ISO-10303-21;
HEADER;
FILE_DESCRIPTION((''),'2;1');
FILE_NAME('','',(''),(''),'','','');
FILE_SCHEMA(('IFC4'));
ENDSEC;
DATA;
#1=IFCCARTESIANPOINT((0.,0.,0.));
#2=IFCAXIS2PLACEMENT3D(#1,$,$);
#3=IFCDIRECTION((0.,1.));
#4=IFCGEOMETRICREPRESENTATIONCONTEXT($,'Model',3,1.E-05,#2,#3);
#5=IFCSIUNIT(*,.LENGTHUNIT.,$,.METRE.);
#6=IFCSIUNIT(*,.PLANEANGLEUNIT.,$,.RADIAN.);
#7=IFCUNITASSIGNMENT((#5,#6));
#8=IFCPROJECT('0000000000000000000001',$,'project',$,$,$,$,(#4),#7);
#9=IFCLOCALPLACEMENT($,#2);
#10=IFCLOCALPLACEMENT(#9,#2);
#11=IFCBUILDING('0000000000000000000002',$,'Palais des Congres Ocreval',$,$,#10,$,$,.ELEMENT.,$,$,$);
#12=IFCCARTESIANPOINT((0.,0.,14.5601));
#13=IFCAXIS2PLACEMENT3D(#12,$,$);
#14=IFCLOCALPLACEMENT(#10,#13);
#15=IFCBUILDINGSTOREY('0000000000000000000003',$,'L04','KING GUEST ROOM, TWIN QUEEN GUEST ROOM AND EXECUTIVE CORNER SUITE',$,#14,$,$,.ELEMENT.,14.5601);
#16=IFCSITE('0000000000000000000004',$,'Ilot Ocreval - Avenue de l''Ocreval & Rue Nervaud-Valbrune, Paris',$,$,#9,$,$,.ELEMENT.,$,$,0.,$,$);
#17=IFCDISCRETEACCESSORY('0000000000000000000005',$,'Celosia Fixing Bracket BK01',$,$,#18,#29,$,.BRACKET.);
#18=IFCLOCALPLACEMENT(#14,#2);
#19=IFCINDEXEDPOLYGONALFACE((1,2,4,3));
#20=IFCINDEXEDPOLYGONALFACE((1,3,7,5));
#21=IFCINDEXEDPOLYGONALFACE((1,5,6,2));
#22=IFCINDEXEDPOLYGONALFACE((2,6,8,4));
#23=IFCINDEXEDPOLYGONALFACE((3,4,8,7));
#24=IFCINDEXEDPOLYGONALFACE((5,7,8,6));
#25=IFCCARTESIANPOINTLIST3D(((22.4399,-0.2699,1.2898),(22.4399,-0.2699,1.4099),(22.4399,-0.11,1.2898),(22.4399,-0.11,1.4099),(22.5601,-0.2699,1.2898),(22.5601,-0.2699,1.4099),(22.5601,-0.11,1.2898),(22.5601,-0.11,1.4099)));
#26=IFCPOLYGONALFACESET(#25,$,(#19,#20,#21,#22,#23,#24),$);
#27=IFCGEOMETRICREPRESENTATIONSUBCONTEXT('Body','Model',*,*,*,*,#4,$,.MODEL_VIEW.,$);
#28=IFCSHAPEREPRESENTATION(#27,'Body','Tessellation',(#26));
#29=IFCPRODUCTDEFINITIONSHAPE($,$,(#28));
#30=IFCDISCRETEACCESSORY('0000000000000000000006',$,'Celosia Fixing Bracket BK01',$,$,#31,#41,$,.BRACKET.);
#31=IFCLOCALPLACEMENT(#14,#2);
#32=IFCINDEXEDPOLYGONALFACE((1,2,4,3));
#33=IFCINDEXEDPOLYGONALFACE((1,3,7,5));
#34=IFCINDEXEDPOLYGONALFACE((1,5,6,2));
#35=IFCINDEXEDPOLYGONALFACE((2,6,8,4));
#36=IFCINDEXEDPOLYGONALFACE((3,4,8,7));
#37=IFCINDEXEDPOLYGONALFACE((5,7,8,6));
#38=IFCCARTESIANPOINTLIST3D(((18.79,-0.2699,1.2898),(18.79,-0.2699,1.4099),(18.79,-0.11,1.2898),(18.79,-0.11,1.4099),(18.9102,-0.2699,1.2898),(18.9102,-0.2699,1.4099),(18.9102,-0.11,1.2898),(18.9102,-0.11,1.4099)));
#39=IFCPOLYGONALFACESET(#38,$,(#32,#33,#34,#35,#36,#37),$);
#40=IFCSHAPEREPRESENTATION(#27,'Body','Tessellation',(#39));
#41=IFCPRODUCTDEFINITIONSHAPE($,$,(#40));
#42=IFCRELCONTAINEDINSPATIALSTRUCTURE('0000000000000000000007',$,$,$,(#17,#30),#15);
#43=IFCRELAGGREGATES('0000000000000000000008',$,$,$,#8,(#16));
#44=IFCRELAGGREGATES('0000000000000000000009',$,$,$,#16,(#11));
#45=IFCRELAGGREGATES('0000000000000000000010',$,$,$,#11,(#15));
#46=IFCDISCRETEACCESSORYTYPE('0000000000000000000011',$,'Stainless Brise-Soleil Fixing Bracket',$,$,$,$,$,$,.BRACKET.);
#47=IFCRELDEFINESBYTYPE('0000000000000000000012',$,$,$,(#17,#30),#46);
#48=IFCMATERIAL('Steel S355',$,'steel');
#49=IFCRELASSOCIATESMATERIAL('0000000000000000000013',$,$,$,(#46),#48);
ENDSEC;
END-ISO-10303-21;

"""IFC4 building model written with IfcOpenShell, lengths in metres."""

from ifc_helpers import new_model, si_unit, direction, frame, origin, origin_2d, place, context, subcontext, project, spatial, rectangle, extrude, material, type_object, element, save


model = new_model("IFC4")

# Units and contexts
model_context = context("Model", 3, precision=1e-05, world=origin(), true_north=direction((0.0, 1.0)))
body_context = subcontext(model_context, "Body", "Model", "MODEL_VIEW")
ifc_project = project(units=[si_unit("LENGTHUNIT", "METRE"), si_unit("PLANEANGLEUNIT", "RADIAN")], contexts=[model_context])

# Site, building, storey
site_placement = place(None, origin())
site = spatial("IfcSite", under=ifc_project, at=site_placement, Name="Ilot Ocreval - Avenue de l'Ocreval & Rue Nervaud-Valbrune, Paris", CompositionType="ELEMENT", RefElevation=0.0)
building_placement = place(site_placement, origin())
building = spatial("IfcBuilding", under=site, at=building_placement, Name="Palais des Congres Ocreval", CompositionType="ELEMENT")
storey_placement = place(building_placement, frame((0.0, 0.0, 14.5601)))
storey = spatial("IfcBuildingStorey", under=building, at=storey_placement, Name="L04", Description="KING GUEST ROOM, TWIN QUEEN GUEST ROOM AND EXECUTIVE CORNER SUITE", CompositionType="ELEMENT", Elevation=14.5601)

# Shared definitions
ifc_material_1 = material(Name="Steel S355", Category="steel")

# Discrete accessories
discrete_accessory_type = type_object("IfcDiscreteAccessoryType", Name="Stainless Brise-Soleil Fixing Bracket", PredefinedType="BRACKET", material=ifc_material_1)
for number, where, z_axis, x_axis, name in (
    (1, (22.5, -0.1899, 1.2898), (0.0, 0.0, 1.0), (0.0, -1.0, 0.0), "Celosia Fixing Bracket BK01"),
    (2, (18.8501, -0.1899, 1.2898), (0.0, 0.0, 1.0), (0.0, -1.0, 0.0), "Celosia Fixing Bracket BK01"),
):
    element("IfcDiscreteAccessory", number, at=place(storey_placement, frame(where, z_axis=z_axis, x_axis=x_axis)), inside=storey, type_object=discrete_accessory_type, Name=name, PredefinedType="BRACKET", context=body_context, shape_type="SweptSolid", body=[
        extrude(rectangle(XDim=0.1599, YDim=0.1201, at=origin_2d()), origin(), (0.0, 0.0, 1.0), 0.1201),
    ])

save(model, "model.ifc")
